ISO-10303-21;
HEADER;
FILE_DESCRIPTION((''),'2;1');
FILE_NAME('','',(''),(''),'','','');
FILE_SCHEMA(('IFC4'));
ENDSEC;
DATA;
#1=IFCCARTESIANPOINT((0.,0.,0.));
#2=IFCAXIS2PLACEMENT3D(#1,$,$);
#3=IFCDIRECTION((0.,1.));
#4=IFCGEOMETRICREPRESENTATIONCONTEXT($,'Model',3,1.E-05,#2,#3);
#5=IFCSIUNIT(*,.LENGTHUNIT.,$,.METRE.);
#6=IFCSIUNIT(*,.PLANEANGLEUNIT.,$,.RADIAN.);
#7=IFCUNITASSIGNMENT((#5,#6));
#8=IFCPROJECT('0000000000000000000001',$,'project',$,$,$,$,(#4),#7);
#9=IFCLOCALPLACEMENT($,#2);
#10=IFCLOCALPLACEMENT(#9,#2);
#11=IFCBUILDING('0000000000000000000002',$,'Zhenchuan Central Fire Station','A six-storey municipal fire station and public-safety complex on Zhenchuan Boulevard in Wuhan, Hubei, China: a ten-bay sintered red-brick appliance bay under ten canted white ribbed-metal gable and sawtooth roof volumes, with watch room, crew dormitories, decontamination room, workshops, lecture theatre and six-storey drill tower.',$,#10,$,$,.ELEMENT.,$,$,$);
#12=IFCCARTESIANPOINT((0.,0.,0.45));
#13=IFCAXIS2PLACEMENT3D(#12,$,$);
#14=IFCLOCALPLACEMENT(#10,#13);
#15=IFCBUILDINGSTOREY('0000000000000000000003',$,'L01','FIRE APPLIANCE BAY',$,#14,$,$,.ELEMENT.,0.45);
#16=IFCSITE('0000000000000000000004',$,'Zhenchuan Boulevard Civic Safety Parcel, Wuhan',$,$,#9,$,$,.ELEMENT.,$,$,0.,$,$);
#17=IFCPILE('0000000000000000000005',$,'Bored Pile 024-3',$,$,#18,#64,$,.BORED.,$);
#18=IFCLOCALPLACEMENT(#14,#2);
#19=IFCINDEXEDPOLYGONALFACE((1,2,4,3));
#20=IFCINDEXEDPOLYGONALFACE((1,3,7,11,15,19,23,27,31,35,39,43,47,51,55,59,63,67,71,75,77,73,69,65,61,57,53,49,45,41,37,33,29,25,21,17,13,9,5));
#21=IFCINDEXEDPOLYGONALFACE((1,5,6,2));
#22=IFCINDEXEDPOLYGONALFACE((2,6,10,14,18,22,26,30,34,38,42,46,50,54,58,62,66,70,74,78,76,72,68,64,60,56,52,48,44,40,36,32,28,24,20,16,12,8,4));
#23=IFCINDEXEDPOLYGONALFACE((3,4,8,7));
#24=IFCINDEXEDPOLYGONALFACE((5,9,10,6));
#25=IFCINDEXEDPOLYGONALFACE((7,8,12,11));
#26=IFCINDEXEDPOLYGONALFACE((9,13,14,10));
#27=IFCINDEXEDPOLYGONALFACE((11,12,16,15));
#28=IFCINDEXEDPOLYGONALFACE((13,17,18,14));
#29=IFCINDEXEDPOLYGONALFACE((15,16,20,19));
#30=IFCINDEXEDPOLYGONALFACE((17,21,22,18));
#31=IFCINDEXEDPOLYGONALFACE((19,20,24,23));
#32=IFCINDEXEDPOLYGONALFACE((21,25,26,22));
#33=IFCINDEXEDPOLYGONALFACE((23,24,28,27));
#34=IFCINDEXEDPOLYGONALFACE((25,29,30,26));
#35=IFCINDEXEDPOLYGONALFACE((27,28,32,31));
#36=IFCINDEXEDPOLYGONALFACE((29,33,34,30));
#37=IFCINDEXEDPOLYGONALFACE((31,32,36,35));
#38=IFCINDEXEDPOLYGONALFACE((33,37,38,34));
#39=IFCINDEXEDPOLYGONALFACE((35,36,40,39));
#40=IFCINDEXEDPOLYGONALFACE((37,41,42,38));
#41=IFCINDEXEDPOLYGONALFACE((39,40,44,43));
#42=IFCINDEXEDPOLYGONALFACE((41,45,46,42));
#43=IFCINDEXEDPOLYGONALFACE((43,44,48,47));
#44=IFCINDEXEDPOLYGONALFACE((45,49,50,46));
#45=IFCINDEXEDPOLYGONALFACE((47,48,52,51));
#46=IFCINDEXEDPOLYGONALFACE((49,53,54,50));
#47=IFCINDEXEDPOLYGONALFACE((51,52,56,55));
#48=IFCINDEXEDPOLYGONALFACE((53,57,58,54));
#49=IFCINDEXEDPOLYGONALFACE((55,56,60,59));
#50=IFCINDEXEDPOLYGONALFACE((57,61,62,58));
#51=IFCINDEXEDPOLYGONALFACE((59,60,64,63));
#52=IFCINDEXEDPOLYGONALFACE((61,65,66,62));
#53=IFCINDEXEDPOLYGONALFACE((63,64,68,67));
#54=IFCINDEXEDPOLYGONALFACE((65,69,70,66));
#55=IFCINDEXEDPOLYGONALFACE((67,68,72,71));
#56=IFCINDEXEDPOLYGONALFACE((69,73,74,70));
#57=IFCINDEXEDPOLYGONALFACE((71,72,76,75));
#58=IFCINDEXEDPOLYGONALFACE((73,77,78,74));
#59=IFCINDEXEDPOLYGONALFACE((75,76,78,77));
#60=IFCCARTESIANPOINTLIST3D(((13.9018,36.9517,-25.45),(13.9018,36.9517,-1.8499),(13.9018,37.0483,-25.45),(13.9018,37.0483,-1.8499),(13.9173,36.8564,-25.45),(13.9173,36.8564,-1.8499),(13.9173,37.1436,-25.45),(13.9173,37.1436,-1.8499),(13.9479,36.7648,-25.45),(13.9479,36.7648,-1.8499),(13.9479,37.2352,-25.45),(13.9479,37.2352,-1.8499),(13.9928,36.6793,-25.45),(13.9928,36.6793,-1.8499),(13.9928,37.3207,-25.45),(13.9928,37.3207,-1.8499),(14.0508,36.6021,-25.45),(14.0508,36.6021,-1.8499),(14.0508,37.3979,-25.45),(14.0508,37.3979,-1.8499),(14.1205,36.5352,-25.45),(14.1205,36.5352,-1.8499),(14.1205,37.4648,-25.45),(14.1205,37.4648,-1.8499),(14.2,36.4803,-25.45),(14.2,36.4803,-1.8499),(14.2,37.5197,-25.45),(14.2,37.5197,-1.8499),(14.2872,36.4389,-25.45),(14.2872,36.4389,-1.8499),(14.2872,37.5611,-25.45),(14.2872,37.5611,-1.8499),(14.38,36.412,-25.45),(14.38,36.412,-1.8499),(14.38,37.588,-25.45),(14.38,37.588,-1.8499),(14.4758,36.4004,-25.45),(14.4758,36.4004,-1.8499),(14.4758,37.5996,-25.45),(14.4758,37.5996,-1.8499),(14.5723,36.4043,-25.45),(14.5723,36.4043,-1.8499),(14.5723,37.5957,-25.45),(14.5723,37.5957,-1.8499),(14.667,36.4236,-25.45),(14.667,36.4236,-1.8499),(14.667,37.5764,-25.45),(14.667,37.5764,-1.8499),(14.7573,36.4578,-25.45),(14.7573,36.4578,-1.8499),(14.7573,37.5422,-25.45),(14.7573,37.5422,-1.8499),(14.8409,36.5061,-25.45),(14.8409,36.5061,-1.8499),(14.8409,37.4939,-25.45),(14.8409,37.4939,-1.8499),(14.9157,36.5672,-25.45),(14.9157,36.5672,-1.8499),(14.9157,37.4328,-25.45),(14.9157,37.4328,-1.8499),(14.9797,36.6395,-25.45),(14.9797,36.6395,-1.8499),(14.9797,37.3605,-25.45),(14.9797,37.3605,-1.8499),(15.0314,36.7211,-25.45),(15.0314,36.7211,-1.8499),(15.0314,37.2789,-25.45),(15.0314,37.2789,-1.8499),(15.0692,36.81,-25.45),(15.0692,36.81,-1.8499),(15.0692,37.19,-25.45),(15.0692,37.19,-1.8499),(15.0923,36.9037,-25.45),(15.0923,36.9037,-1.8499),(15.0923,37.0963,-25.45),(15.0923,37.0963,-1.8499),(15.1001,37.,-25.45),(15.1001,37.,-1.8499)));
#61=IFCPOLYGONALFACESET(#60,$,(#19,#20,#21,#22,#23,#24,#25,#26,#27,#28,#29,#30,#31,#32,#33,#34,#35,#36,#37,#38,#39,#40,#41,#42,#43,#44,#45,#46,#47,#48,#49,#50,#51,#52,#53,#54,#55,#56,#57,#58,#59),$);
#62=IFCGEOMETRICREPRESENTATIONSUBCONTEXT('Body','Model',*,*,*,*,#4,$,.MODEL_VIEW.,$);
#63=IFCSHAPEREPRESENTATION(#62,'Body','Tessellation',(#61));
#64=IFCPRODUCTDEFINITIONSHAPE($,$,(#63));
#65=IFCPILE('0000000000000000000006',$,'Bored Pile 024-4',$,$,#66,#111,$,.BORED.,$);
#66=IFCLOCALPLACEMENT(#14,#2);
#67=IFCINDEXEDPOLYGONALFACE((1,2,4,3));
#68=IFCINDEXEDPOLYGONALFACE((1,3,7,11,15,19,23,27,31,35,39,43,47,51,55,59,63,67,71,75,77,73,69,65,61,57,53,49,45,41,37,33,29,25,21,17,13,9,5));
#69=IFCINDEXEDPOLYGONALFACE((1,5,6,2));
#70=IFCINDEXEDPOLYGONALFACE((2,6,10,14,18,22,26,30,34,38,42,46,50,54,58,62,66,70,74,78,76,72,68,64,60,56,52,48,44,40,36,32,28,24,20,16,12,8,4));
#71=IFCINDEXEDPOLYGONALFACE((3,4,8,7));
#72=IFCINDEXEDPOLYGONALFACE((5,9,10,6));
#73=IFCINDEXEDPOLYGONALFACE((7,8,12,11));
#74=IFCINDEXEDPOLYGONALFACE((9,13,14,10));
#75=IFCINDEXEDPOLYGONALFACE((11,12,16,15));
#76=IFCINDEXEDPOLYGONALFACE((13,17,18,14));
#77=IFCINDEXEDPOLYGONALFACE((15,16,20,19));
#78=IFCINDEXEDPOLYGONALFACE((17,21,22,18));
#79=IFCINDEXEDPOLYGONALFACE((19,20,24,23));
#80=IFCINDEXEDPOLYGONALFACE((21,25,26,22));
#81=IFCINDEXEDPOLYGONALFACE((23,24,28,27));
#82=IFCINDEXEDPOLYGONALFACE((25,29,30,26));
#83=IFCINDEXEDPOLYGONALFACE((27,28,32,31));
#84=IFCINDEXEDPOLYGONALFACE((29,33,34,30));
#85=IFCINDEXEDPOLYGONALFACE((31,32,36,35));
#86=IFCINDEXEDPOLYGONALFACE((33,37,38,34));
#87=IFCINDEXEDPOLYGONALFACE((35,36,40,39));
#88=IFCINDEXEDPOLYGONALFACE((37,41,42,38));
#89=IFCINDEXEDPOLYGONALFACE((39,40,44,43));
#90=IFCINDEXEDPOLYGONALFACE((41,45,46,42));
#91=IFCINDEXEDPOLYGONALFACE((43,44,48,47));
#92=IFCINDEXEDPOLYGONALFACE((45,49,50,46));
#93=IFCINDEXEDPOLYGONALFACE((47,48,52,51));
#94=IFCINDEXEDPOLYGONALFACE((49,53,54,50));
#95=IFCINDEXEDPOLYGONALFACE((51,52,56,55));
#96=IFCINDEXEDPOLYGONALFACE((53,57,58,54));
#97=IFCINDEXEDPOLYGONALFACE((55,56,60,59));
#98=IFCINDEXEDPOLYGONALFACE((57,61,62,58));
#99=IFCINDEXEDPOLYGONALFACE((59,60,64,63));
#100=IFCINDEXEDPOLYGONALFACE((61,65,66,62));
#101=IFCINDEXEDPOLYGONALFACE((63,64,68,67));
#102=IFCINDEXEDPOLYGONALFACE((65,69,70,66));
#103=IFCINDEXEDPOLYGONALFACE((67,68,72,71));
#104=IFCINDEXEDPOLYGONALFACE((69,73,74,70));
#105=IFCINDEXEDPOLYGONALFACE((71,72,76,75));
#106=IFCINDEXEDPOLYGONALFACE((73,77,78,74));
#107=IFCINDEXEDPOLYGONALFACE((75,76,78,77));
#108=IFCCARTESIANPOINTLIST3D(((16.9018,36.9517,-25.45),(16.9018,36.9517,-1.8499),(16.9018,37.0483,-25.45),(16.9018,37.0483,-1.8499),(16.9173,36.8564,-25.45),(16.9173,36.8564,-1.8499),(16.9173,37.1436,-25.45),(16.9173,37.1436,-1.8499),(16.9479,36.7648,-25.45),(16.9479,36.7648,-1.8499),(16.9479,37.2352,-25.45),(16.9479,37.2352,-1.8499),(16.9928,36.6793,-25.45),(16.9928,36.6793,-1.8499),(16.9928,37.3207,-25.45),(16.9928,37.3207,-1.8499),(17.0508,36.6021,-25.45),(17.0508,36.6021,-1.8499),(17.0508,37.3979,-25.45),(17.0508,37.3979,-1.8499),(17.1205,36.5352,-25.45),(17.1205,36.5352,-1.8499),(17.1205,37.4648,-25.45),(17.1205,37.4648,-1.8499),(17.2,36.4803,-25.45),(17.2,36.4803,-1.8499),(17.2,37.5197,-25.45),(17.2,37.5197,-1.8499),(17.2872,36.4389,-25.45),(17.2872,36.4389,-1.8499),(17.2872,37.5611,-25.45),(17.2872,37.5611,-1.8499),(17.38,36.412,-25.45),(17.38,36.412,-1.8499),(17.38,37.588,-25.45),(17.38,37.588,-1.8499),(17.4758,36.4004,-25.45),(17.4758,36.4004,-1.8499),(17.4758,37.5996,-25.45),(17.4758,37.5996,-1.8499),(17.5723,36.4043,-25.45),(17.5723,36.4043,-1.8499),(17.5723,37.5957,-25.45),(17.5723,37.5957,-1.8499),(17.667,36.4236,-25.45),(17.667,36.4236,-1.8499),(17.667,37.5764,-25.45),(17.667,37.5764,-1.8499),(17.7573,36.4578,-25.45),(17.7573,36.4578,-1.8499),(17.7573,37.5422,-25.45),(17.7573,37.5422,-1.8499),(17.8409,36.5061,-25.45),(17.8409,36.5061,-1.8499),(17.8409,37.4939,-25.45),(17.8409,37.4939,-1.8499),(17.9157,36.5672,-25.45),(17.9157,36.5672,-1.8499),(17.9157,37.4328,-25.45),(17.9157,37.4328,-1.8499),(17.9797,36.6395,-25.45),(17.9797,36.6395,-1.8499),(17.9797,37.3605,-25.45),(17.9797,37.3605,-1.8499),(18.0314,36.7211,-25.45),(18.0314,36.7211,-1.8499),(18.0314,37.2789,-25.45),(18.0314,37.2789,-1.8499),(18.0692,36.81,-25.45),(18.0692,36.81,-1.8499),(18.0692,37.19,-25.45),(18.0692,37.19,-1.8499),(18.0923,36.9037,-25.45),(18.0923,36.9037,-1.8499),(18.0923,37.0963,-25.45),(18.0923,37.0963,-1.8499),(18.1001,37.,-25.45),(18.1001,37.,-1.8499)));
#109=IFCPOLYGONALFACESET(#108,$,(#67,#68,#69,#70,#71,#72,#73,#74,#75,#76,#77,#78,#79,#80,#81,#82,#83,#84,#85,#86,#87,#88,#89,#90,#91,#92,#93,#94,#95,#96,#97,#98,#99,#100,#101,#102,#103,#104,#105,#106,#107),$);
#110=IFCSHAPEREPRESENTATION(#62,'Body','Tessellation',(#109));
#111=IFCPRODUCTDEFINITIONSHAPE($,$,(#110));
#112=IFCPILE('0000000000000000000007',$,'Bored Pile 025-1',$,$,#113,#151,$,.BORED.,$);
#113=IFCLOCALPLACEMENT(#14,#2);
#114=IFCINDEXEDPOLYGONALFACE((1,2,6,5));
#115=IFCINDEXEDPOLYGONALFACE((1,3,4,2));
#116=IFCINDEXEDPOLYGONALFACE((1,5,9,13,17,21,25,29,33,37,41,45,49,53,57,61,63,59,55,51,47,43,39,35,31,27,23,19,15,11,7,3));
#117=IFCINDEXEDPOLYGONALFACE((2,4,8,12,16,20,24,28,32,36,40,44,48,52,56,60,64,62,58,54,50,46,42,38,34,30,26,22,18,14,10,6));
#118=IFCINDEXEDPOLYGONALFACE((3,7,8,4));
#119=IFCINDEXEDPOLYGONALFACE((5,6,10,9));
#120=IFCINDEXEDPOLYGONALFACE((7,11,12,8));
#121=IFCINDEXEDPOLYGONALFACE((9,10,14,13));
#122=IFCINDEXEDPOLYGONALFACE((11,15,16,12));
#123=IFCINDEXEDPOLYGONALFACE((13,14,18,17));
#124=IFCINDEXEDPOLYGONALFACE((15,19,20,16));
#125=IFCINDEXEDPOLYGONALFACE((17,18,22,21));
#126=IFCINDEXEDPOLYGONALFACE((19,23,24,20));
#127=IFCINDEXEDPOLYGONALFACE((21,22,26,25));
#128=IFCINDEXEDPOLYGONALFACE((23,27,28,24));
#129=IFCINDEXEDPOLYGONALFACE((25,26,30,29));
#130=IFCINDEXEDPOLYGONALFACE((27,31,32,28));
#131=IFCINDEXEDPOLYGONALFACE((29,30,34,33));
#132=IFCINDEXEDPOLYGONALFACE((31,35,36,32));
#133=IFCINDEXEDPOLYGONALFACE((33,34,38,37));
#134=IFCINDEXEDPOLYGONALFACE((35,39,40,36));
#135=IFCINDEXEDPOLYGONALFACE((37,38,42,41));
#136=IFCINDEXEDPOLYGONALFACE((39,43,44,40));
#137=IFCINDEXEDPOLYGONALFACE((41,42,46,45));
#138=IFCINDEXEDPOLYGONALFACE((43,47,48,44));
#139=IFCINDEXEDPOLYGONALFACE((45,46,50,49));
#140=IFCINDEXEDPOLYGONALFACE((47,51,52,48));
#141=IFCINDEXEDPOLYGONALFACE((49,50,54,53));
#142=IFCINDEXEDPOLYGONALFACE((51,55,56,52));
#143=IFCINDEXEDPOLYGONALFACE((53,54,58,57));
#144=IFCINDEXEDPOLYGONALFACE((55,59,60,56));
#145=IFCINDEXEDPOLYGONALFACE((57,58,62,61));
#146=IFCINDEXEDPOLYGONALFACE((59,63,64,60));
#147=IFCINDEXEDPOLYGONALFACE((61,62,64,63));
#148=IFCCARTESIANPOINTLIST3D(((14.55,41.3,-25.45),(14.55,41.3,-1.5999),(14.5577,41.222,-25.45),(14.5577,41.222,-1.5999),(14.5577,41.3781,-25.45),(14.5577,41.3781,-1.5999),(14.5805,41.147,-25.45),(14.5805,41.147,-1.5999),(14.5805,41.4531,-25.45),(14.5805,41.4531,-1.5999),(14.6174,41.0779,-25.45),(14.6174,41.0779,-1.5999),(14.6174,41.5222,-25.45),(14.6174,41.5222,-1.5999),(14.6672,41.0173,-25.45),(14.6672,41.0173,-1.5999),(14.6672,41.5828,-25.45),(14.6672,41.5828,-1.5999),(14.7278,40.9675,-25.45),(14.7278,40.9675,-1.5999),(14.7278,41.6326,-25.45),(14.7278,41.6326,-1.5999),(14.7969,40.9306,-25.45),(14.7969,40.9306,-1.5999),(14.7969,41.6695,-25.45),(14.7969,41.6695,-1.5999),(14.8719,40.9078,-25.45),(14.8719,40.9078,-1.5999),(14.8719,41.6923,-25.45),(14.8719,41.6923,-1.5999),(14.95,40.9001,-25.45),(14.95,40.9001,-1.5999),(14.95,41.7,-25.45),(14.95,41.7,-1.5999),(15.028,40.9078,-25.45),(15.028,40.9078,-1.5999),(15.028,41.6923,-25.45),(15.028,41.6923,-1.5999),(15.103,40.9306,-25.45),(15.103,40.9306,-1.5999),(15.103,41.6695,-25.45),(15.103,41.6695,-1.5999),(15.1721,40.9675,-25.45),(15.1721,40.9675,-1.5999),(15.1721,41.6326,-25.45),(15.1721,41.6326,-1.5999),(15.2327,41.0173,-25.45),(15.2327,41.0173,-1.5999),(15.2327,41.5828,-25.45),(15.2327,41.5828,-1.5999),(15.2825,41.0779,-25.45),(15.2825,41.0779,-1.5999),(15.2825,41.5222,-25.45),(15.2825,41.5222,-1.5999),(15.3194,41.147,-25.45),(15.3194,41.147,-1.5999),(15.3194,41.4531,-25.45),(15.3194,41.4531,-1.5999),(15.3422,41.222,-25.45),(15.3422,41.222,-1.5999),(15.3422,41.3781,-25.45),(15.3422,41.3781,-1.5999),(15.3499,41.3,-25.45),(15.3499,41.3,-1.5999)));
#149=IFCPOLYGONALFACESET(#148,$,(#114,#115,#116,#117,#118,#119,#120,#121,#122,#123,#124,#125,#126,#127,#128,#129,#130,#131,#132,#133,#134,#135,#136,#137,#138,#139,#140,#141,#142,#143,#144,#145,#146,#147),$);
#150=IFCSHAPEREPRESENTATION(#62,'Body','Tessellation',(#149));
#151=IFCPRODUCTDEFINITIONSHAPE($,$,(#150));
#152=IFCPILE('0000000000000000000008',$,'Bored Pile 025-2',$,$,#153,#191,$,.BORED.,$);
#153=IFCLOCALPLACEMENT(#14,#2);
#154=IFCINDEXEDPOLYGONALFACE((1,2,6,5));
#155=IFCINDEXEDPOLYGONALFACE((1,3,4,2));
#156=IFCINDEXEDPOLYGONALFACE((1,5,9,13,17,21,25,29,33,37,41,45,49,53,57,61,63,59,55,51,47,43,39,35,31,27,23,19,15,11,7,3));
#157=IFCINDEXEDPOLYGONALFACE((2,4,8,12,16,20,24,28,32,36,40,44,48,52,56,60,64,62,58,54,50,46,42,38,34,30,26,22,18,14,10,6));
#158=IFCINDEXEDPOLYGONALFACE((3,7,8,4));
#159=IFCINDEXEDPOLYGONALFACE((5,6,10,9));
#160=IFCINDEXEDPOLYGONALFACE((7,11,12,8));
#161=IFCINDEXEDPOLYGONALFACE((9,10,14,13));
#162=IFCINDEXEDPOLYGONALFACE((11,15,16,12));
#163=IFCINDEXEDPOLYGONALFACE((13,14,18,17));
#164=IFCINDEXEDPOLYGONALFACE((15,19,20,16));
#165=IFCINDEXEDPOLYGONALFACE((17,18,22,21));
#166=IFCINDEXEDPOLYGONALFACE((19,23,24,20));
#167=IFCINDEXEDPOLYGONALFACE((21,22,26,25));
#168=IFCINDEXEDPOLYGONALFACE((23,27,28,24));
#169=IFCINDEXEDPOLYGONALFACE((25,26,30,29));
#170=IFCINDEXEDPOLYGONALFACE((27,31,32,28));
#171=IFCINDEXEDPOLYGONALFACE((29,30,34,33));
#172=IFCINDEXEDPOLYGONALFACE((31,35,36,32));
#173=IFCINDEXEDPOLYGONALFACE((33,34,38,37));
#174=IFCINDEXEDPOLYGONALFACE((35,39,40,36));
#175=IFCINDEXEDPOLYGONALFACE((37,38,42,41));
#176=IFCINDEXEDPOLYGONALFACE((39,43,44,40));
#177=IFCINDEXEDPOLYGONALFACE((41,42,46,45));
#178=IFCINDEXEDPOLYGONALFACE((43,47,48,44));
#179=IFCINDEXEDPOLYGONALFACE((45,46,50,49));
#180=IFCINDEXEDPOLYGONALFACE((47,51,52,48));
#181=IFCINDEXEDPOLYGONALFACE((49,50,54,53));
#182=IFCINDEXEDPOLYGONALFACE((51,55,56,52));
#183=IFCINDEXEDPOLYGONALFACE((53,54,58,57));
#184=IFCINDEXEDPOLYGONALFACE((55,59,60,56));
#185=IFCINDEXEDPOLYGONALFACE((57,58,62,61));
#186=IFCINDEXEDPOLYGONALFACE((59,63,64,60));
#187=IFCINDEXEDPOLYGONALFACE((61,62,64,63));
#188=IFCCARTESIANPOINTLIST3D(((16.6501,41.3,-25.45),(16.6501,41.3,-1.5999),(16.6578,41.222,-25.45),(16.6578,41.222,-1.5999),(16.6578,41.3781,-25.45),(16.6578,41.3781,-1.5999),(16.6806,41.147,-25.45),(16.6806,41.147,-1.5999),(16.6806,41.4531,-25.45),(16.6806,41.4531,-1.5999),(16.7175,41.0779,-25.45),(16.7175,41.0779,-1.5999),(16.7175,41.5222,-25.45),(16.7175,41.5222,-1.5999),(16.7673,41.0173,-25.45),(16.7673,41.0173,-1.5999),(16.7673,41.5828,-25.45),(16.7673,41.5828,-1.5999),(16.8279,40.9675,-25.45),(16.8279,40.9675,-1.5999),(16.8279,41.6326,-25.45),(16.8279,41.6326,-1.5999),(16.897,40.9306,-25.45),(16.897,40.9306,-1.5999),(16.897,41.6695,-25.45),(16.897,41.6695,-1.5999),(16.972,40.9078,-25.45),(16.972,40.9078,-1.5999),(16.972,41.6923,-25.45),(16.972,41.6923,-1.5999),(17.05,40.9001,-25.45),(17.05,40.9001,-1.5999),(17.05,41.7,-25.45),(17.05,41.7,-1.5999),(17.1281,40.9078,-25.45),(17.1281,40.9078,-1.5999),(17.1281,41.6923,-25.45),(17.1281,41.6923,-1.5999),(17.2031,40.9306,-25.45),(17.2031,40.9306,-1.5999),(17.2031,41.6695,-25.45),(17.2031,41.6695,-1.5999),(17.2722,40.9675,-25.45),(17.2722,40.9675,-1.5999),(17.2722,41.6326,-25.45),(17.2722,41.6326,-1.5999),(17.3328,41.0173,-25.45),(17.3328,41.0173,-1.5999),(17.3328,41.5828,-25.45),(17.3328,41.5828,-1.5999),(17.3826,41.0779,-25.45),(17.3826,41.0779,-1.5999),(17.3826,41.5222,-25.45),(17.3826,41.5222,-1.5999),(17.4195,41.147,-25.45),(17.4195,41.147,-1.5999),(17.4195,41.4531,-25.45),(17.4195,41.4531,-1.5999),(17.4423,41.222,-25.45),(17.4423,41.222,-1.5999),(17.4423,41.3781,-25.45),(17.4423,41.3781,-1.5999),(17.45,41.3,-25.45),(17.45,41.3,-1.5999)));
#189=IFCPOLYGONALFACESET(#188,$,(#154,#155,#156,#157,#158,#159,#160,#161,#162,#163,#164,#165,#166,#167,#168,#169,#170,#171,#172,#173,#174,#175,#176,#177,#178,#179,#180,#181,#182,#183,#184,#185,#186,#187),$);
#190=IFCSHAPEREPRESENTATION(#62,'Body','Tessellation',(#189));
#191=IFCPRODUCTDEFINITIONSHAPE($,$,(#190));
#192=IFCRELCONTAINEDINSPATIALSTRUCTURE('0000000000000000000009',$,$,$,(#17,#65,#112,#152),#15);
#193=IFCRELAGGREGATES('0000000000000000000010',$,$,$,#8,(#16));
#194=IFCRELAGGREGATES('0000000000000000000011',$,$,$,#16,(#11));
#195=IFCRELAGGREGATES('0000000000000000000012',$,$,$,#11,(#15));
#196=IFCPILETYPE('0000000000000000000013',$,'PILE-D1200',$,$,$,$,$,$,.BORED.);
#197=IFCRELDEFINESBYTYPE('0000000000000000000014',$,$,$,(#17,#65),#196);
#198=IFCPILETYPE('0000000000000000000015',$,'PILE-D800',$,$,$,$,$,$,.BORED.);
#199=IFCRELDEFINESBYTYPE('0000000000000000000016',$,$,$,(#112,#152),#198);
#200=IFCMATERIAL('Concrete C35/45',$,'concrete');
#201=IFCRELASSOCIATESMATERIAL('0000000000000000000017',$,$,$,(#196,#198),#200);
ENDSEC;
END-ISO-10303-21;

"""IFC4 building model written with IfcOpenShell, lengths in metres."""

from ifc_helpers import new_model, si_unit, direction, frame, origin, origin_2d, place, context, subcontext, project, spatial, circle, extrude, material, material_profile, profile_set, type_object, element, save


model = new_model("IFC4")

# Units and contexts
model_context = context("Model", 3, precision=1e-05, world=origin(), true_north=direction((0.0, 1.0)))
body_context = subcontext(model_context, "Body", "Model", "MODEL_VIEW")
ifc_project = project(units=[si_unit("LENGTHUNIT", "METRE"), si_unit("PLANEANGLEUNIT", "RADIAN")], contexts=[model_context])

# Site, building, storey
site_placement = place(None, origin())
site = spatial("IfcSite", under=ifc_project, at=site_placement, Name="Zhenchuan Boulevard Civic Safety Parcel, Wuhan", CompositionType="ELEMENT", RefElevation=0.0)
building_placement = place(site_placement, origin())
building = spatial("IfcBuilding", under=site, at=building_placement, Name="Zhenchuan Central Fire Station", Description="A six-storey municipal fire station and public-safety complex on Zhenchuan Boulevard in Wuhan, Hubei, China: a ten-bay sintered red-brick appliance bay under ten canted white ribbed-metal gable and sawtooth roof volumes, with watch room, crew dormitories, decontamination room, workshops, lecture theatre and six-storey drill tower.", CompositionType="ELEMENT")
storey_placement = place(building_placement, frame((0.0, 0.0, 0.45)))
storey = spatial("IfcBuildingStorey", under=building, at=storey_placement, Name="L01", Description="FIRE APPLIANCE BAY", CompositionType="ELEMENT", Elevation=0.45)

# Piles
ifc_material_1 = material(Name="Concrete C35/45", Category="concrete")
ifc_material_profile_1 = material_profile(ifc_material_1, circle(Radius=0.6001, at=origin_2d()), Name="PILE D1200")
ifc_profile_set_1 = profile_set([ifc_material_profile_1], Name="Concrete C35/45")
pile_type_1 = type_object("IfcPileType", Name="PILE-D1200", PredefinedType="BORED", material=ifc_profile_set_1)
for number, where, z_axis, x_axis, name in (
    (1, (14.5, 37.0, -1.8499), (0.0, 0.0, -1.0), (1.0, 0.0, 0.0), "Bored Pile 024-3"),
    (2, (17.5, 37.0, -1.8499), (0.0, 0.0, -1.0), (1.0, 0.0, 0.0), "Bored Pile 024-4"),
):
    element("IfcPile", number, at=place(storey_placement, frame(where, z_axis=z_axis, x_axis=x_axis)), inside=storey, type_object=pile_type_1, Name=name, PredefinedType="BORED", context=body_context, shape_type="SweptSolid", body=[
        extrude(circle(Radius=0.6001, at=origin_2d()), origin(), (0.0, 0.0, 1.0), 23.6001),
    ])
ifc_material_profile_2 = material_profile(ifc_material_1, circle(Radius=0.3999, at=origin_2d()), Name="PILE D800")
ifc_profile_set_2 = profile_set([ifc_material_profile_2], Name="Concrete C35/45")
pile_type_2 = type_object("IfcPileType", Name="PILE-D800", PredefinedType="BORED", material=ifc_profile_set_2)
for number, where, z_axis, x_axis, name in (
    (3, (14.95, 41.3, -1.5999), (0.0, 0.0, -1.0), (1.0, 0.0, 0.0), "Bored Pile 025-1"),
    (4, (17.05, 41.3, -1.5999), (0.0, 0.0, -1.0), (1.0, 0.0, 0.0), "Bored Pile 025-2"),
):
    element("IfcPile", number, at=place(storey_placement, frame(where, z_axis=z_axis, x_axis=x_axis)), inside=storey, type_object=pile_type_2, Name=name, PredefinedType="BORED", context=body_context, shape_type="SweptSolid", body=[
        extrude(circle(Radius=0.3999, at=origin_2d()), origin(), (0.0, 0.0, 1.0), 23.8501),
    ])

save(model, "model.ifc")
